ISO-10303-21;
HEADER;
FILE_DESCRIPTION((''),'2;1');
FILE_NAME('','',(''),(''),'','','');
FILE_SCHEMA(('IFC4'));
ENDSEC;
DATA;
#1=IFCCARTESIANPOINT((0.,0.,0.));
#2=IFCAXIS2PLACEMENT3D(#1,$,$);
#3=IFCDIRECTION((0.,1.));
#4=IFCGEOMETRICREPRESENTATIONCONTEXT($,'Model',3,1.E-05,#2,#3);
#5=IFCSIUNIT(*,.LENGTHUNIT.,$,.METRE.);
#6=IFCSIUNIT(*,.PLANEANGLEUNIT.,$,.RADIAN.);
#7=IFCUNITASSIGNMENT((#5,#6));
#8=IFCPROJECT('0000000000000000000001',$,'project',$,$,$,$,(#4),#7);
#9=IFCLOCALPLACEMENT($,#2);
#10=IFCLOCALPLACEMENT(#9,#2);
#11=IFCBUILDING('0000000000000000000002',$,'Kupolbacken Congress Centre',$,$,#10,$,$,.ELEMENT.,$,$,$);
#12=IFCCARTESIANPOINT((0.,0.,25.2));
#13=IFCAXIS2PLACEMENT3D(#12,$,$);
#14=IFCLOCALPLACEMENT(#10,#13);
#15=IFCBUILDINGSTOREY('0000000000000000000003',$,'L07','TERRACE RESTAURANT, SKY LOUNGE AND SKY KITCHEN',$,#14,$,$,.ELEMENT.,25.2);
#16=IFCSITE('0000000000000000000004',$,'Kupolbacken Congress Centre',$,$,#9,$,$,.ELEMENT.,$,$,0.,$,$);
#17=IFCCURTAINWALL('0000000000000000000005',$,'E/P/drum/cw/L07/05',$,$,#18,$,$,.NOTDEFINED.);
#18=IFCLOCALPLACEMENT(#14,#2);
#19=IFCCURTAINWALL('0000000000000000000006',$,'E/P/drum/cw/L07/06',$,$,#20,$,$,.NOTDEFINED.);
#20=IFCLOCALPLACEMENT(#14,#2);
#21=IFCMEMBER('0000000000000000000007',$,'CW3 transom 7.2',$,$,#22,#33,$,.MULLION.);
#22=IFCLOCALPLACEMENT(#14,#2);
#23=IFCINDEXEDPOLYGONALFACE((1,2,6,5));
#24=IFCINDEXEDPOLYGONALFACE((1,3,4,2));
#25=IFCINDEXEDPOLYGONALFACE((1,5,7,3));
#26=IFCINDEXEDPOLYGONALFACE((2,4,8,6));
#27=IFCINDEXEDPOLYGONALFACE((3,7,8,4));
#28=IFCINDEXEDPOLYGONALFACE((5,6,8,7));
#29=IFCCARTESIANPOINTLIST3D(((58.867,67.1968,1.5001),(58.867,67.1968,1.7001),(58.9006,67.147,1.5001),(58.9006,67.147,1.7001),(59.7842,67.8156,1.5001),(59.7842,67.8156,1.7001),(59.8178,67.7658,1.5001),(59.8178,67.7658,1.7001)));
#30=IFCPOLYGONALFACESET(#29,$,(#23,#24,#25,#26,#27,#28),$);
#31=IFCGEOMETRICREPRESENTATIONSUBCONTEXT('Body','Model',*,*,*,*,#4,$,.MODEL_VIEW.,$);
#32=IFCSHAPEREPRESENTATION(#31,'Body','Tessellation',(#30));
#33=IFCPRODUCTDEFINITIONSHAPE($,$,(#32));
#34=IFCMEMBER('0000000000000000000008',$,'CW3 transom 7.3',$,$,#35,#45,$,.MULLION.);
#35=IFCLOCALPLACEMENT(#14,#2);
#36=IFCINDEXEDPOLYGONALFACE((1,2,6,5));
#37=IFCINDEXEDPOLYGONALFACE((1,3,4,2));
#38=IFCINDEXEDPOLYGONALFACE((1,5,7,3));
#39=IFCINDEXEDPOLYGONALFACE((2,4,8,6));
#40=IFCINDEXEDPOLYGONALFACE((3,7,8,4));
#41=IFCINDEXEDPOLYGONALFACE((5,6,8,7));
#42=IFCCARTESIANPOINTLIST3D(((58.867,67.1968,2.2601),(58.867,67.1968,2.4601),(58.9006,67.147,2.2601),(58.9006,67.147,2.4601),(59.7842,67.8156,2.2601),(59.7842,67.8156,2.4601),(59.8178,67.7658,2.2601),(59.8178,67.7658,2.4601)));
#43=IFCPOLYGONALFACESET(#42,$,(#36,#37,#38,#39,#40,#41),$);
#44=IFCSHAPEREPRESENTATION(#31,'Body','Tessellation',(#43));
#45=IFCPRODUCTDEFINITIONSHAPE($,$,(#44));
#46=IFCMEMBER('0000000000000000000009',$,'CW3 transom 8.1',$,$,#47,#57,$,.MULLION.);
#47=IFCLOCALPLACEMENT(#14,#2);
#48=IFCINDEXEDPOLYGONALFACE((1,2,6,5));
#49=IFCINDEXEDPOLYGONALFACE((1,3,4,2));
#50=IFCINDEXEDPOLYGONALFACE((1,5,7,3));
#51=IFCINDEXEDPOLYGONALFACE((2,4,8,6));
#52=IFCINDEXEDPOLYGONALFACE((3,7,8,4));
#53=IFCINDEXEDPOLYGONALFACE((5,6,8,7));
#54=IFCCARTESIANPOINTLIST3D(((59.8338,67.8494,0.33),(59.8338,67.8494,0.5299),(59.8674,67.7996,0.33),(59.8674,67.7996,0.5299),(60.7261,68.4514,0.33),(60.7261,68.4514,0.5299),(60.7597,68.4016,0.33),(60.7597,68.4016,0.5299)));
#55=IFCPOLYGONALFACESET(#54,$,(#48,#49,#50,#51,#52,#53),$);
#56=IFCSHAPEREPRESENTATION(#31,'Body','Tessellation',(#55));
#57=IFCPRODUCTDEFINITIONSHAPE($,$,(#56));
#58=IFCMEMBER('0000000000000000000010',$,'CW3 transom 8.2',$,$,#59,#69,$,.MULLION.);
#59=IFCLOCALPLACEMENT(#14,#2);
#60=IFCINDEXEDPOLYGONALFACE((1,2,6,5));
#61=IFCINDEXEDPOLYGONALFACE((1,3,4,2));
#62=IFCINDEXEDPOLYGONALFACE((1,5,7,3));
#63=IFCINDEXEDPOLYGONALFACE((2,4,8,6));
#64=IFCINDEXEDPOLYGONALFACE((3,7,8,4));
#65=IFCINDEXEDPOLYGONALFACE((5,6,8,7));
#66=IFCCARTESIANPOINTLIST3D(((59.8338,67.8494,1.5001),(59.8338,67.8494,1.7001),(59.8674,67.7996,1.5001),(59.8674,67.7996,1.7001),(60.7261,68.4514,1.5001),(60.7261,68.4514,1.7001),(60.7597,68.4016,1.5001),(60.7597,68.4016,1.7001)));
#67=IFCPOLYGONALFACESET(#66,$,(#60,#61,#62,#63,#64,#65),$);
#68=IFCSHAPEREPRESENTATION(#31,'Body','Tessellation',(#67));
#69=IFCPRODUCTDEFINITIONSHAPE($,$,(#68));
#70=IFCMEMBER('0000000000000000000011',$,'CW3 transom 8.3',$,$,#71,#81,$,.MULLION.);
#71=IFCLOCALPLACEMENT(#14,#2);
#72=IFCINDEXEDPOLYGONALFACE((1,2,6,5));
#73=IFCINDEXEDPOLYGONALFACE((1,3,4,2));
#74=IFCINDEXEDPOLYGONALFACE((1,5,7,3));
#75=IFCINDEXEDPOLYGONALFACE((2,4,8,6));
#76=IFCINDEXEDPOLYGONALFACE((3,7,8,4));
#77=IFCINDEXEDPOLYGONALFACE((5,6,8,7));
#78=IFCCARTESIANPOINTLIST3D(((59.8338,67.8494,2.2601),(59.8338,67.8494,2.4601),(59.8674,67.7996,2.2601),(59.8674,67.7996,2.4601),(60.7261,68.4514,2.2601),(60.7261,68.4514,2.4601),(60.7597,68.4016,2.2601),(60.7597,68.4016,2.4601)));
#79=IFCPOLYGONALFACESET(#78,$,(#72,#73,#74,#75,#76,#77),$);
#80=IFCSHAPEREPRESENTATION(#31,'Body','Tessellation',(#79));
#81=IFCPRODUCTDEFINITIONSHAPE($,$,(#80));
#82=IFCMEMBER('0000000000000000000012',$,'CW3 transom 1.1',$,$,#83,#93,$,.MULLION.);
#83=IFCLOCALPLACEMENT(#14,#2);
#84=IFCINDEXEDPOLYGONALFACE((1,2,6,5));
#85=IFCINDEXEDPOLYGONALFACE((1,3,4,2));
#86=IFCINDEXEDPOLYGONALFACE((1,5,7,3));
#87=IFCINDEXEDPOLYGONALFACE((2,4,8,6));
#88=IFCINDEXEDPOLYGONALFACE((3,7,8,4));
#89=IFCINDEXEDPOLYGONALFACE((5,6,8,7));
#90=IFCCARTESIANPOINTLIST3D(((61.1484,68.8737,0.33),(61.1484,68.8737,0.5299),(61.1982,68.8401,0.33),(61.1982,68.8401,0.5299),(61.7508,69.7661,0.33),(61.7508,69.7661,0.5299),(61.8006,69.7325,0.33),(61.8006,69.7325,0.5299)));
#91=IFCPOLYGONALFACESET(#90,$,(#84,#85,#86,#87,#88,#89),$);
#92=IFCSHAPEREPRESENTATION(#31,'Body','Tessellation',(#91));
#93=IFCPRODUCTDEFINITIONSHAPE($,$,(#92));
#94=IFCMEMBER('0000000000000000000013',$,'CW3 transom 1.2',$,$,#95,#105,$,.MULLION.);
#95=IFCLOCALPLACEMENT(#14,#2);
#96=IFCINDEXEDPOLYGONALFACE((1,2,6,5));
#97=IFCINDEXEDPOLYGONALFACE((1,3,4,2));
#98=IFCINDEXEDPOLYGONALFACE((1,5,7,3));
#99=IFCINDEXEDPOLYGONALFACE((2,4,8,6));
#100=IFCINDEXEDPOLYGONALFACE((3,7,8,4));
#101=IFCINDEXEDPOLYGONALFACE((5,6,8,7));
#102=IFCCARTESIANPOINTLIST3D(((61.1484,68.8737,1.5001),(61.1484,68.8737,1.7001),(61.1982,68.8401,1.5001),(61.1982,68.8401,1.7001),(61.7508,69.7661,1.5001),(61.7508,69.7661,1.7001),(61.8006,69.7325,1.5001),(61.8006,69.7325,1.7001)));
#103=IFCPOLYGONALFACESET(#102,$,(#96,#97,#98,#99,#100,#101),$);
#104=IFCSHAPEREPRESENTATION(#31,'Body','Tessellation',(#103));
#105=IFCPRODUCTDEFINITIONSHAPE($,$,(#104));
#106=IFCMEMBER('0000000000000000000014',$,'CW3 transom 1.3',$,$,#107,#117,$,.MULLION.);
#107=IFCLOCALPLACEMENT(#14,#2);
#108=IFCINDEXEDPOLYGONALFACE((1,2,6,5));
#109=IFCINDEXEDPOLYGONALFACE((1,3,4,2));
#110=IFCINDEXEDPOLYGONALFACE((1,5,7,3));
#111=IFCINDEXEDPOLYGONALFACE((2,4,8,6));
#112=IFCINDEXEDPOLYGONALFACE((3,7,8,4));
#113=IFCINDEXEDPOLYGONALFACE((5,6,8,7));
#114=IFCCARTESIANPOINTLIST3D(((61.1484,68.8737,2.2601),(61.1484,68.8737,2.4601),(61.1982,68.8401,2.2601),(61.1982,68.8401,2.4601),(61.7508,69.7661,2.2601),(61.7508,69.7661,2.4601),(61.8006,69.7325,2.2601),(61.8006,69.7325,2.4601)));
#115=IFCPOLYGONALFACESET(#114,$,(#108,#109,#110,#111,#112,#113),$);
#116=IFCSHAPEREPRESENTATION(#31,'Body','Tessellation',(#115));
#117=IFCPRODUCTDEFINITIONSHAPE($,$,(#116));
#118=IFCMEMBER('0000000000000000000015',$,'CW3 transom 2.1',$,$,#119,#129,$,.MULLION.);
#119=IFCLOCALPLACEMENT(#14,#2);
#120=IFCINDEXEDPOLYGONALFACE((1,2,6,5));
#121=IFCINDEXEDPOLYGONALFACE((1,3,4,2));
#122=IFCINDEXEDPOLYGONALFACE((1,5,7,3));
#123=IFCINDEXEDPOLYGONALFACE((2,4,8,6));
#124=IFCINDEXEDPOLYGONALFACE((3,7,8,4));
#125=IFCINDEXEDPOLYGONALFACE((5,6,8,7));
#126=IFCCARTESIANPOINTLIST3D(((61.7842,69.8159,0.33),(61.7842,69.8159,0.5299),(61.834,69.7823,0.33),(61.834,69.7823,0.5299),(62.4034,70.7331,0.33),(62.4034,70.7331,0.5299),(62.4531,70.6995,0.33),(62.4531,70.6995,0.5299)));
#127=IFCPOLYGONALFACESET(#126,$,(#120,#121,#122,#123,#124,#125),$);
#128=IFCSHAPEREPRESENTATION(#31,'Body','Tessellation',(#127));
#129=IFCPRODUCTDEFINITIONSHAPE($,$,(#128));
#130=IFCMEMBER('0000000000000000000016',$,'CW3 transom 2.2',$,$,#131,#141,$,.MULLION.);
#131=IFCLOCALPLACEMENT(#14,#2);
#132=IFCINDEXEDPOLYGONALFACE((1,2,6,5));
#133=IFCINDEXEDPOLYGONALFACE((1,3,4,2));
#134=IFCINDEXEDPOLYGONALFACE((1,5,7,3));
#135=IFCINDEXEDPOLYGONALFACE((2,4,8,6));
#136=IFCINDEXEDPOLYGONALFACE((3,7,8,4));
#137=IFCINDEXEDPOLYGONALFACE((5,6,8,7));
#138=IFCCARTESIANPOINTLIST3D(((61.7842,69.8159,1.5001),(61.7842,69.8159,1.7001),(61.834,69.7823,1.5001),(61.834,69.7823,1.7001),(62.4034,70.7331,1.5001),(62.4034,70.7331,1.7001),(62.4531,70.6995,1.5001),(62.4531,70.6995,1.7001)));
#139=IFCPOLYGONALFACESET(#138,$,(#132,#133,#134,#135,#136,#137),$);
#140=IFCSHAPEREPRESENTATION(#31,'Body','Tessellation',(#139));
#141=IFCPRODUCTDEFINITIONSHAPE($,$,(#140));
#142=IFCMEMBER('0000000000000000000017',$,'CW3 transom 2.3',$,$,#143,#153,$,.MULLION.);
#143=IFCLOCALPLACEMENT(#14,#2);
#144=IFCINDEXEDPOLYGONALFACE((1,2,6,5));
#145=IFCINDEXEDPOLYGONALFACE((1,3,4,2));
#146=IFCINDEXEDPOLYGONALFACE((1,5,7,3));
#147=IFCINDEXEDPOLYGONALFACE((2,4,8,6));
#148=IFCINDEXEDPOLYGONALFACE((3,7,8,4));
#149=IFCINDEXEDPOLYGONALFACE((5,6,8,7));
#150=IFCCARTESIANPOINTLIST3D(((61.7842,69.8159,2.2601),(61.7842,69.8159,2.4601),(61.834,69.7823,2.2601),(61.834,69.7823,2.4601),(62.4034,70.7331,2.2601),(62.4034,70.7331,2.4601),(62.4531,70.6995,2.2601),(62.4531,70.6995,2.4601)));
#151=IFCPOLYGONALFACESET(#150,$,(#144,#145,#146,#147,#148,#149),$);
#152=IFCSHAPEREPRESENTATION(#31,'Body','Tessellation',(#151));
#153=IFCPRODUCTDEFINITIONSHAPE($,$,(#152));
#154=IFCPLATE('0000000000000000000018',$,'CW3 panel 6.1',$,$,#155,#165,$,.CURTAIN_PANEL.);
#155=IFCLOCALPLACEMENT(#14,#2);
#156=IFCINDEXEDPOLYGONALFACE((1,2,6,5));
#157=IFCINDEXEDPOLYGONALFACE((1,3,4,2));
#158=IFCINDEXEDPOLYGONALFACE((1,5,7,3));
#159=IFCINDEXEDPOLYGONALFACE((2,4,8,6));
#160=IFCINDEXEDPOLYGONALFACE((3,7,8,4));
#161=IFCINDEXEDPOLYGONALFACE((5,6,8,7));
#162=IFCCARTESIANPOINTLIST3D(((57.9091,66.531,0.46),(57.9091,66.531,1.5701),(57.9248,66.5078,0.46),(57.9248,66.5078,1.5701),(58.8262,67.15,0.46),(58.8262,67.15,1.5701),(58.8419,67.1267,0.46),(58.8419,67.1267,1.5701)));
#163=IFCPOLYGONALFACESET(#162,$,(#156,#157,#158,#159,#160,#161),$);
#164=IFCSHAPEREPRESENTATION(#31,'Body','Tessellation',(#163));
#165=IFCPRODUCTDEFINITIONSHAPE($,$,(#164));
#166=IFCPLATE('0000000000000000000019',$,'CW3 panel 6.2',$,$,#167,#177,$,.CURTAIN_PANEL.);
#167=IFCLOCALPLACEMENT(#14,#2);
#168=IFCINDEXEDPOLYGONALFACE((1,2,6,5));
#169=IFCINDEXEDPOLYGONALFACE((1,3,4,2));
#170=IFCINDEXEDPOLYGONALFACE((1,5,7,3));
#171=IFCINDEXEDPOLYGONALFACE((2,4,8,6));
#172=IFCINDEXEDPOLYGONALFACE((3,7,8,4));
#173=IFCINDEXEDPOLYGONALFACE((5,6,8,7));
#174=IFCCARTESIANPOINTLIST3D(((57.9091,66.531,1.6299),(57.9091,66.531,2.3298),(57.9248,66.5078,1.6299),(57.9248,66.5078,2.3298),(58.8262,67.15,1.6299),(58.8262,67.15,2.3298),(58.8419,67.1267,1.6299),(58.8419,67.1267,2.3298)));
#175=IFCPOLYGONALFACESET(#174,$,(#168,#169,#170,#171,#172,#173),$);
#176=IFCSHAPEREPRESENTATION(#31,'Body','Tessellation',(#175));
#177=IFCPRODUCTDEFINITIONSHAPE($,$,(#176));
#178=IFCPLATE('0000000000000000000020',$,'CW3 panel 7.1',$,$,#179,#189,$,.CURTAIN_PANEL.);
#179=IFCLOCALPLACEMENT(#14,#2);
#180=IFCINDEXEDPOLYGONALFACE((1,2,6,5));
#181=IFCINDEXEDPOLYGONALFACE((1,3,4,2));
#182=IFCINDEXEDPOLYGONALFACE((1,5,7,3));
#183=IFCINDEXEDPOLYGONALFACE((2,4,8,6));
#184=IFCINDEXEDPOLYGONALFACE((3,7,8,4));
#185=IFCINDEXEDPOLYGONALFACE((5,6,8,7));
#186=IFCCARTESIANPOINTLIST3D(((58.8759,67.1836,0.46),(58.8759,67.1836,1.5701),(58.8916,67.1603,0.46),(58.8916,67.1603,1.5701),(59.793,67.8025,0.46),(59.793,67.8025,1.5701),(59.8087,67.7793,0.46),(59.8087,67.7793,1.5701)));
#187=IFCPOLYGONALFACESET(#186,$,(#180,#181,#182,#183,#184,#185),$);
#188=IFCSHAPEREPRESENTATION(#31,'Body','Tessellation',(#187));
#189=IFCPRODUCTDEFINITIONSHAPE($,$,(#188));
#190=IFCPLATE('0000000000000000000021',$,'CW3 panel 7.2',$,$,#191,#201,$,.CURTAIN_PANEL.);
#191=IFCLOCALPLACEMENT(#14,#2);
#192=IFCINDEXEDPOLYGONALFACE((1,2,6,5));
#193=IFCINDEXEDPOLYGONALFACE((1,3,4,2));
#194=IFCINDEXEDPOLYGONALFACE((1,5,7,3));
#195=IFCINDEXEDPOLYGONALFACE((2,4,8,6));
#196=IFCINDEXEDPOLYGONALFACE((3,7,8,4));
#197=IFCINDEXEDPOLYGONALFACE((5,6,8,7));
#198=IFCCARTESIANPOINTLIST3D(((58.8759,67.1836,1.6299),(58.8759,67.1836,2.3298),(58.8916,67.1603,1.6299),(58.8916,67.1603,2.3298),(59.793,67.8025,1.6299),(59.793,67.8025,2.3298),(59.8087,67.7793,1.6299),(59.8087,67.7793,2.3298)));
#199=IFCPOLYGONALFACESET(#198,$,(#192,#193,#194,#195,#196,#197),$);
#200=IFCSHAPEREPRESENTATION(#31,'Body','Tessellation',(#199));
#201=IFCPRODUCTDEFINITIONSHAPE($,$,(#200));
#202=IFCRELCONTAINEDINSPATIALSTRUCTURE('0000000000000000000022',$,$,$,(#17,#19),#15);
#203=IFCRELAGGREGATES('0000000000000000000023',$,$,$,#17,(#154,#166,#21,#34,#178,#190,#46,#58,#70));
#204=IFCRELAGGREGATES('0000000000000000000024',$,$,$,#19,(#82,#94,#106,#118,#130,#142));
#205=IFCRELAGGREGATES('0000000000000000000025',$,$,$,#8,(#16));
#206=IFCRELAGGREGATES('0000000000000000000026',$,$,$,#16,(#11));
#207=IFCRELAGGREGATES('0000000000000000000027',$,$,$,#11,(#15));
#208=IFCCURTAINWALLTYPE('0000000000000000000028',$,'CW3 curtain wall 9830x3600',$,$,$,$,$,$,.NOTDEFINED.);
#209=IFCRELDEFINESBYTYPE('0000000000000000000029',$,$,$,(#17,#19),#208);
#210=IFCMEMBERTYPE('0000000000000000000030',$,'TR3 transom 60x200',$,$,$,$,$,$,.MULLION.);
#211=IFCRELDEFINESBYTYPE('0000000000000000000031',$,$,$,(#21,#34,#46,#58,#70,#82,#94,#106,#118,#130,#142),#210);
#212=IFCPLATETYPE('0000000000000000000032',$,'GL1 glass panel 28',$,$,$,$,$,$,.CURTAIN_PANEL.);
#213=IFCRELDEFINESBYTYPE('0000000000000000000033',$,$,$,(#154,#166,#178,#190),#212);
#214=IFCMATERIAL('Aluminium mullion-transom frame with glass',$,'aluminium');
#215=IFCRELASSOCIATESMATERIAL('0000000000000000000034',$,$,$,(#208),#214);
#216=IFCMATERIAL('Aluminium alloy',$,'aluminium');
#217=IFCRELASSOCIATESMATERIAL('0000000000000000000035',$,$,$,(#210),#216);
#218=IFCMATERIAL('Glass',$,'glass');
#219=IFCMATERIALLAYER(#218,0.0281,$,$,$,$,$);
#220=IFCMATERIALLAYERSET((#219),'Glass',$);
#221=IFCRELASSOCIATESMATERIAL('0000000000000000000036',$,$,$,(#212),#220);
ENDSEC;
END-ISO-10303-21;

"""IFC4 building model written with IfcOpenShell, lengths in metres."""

from ifc_helpers import new_model, si_unit, direction, frame, origin, origin_2d, place, context, subcontext, project, spatial, rectangle, extrude, material, layer, layer_set, material_profile, profile_set, type_object, element, aggregate, save


model = new_model("IFC4")

# Units and contexts
model_context = context("Model", 3, precision=1e-05, world=origin(), true_north=direction((0.0, 1.0)))
body_context = subcontext(model_context, "Body", "Model", "MODEL_VIEW")
ifc_project = project(units=[si_unit("LENGTHUNIT", "METRE"), si_unit("PLANEANGLEUNIT", "RADIAN")], contexts=[model_context])

# Site, building, storey
site_placement = place(None, origin())
site = spatial("IfcSite", under=ifc_project, at=site_placement, Name="Kupolbacken Congress Centre", CompositionType="ELEMENT", RefElevation=0.0)
building_placement = place(site_placement, origin())
building = spatial("IfcBuilding", under=site, at=building_placement, Name="Kupolbacken Congress Centre", CompositionType="ELEMENT")
storey_placement = place(building_placement, frame((0.0, 0.0, 25.2)))
storey = spatial("IfcBuildingStorey", under=building, at=storey_placement, Name="L07", Description="TERRACE RESTAURANT, SKY LOUNGE AND SKY KITCHEN", CompositionType="ELEMENT", Elevation=25.2)

# Curtain walls
ifc_material_1 = material(Name="Aluminium mullion-transom frame with glass", Category="aluminium")
curtain_wall_type = type_object("IfcCurtainWallType", Name="CW3 curtain wall 9830x3600", PredefinedType="NOTDEFINED", material=ifc_material_1)
curtain_wall_1_placement = place(storey_placement, origin())
curtain_wall_1 = element("IfcCurtainWall", 1, at=curtain_wall_1_placement, inside=storey, type_object=curtain_wall_type, Name="E/P/drum/cw/L07/05", PredefinedType="NOTDEFINED")
curtain_wall_2_placement = place(storey_placement, origin())
curtain_wall_2 = element("IfcCurtainWall", 2, at=curtain_wall_2_placement, inside=storey, type_object=curtain_wall_type, Name="E/P/drum/cw/L07/06", PredefinedType="NOTDEFINED")

# Members
ifc_material_2 = material(Name="Aluminium alloy", Category="aluminium")
ifc_material_profile_1 = material_profile(ifc_material_2, rectangle(XDim=0.0601, YDim=0.2, at=origin_2d()), Name="60 x 200")
ifc_profile_set_1 = profile_set([ifc_material_profile_1], Name="Aluminium alloy")
member_type_1 = type_object("IfcMemberType", Name="TR3 transom 60x200", PredefinedType="MULLION", material=ifc_profile_set_1)
member_1_placement = place(storey_placement, frame((58.8838, 67.1719, 1.6001), z_axis=(0.828948, 0.559325, 0.0), x_axis=(-0.559325, 0.828948, 0.0)))
member_1 = element("IfcMember", 3, at=member_1_placement, type_object=member_type_1, Name="CW3 transom 7.2", PredefinedType="MULLION", context=body_context, shape_type="SweptSolid", body=[
    extrude(rectangle(XDim=0.0601, YDim=0.2, at=origin_2d()), origin(), (0.0, 0.0, 1.0), 1.1064),
])
member_2_placement = place(storey_placement, frame((58.8838, 67.1719, 2.3601), z_axis=(0.828948, 0.559325, 0.0), x_axis=(-0.559325, 0.828948, 0.0)))
member_2 = element("IfcMember", 4, at=member_2_placement, type_object=member_type_1, Name="CW3 transom 7.3", PredefinedType="MULLION", context=body_context, shape_type="SweptSolid", body=[
    extrude(rectangle(XDim=0.0601, YDim=0.2, at=origin_2d()), origin(), (0.0, 0.0, 1.0), 1.1064),
])
member_3_placement = place(storey_placement, frame((59.8506, 67.8245, 0.4299), z_axis=(0.828967, 0.559298, 0.0), x_axis=(-0.559298, 0.828967, 0.0)))
member_3 = element("IfcMember", 5, at=member_3_placement, type_object=member_type_1, Name="CW3 transom 8.1", PredefinedType="MULLION", context=body_context, shape_type="SweptSolid", body=[
    extrude(rectangle(XDim=0.0601, YDim=0.2, at=origin_2d()), origin(), (0.0, 0.0, 1.0), 1.0764),
])
member_4_placement = place(storey_placement, frame((59.8506, 67.8245, 1.6001), z_axis=(0.828967, 0.559298, 0.0), x_axis=(-0.559298, 0.828967, 0.0)))
member_4 = element("IfcMember", 6, at=member_4_placement, type_object=member_type_1, Name="CW3 transom 8.2", PredefinedType="MULLION", context=body_context, shape_type="SweptSolid", body=[
    extrude(rectangle(XDim=0.0601, YDim=0.2, at=origin_2d()), origin(), (0.0, 0.0, 1.0), 1.0764),
])
member_5_placement = place(storey_placement, frame((59.8506, 67.8245, 2.3601), z_axis=(0.828967, 0.559298, 0.0), x_axis=(-0.559298, 0.828967, 0.0)))
member_5 = element("IfcMember", 7, at=member_5_placement, type_object=member_type_1, Name="CW3 transom 8.3", PredefinedType="MULLION", context=body_context, shape_type="SweptSolid", body=[
    extrude(rectangle(XDim=0.0601, YDim=0.2, at=origin_2d()), origin(), (0.0, 0.0, 1.0), 1.0764),
])
member_6_placement = place(storey_placement, frame((61.1733, 68.8569, 0.4299), z_axis=(0.559453, 0.828862, 0.0), x_axis=(-0.828862, 0.559453, 0.0)))
member_6 = element("IfcMember", 8, at=member_6_placement, type_object=member_type_1, Name="CW3 transom 1.1", PredefinedType="MULLION", context=body_context, shape_type="SweptSolid", body=[
    extrude(rectangle(XDim=0.0601, YDim=0.2, at=origin_2d()), origin(), (0.0, 0.0, 1.0), 1.0767),
])
member_7_placement = place(storey_placement, frame((61.1733, 68.8569, 1.6001), z_axis=(0.559453, 0.828862, 0.0), x_axis=(-0.828862, 0.559453, 0.0)))
member_7 = element("IfcMember", 9, at=member_7_placement, type_object=member_type_1, Name="CW3 transom 1.2", PredefinedType="MULLION", context=body_context, shape_type="SweptSolid", body=[
    extrude(rectangle(XDim=0.0601, YDim=0.2, at=origin_2d()), origin(), (0.0, 0.0, 1.0), 1.0767),
])
member_8_placement = place(storey_placement, frame((61.1733, 68.8569, 2.3601), z_axis=(0.559453, 0.828862, 0.0), x_axis=(-0.828862, 0.559453, 0.0)))
member_8 = element("IfcMember", 10, at=member_8_placement, type_object=member_type_1, Name="CW3 transom 1.3", PredefinedType="MULLION", context=body_context, shape_type="SweptSolid", body=[
    extrude(rectangle(XDim=0.0601, YDim=0.2, at=origin_2d()), origin(), (0.0, 0.0, 1.0), 1.0767),
])
member_9_placement = place(storey_placement, frame((61.8091, 69.7991, 0.4299), z_axis=(0.559477, 0.828846, 0.0), x_axis=(-0.828846, 0.559477, 0.0)))
member_9 = element("IfcMember", 11, at=member_9_placement, type_object=member_type_1, Name="CW3 transom 2.1", PredefinedType="MULLION", context=body_context, shape_type="SweptSolid", body=[
    extrude(rectangle(XDim=0.0601, YDim=0.2, at=origin_2d()), origin(), (0.0, 0.0, 1.0), 1.1067),
])
member_10_placement = place(storey_placement, frame((61.8091, 69.7991, 1.6001), z_axis=(0.559477, 0.828846, 0.0), x_axis=(-0.828846, 0.559477, 0.0)))
member_10 = element("IfcMember", 12, at=member_10_placement, type_object=member_type_1, Name="CW3 transom 2.2", PredefinedType="MULLION", context=body_context, shape_type="SweptSolid", body=[
    extrude(rectangle(XDim=0.0601, YDim=0.2, at=origin_2d()), origin(), (0.0, 0.0, 1.0), 1.1067),
])
member_11_placement = place(storey_placement, frame((61.8091, 69.7991, 2.3601), z_axis=(0.559477, 0.828846, 0.0), x_axis=(-0.828846, 0.559477, 0.0)))
member_11 = element("IfcMember", 13, at=member_11_placement, type_object=member_type_1, Name="CW3 transom 2.3", PredefinedType="MULLION", context=body_context, shape_type="SweptSolid", body=[
    extrude(rectangle(XDim=0.0601, YDim=0.2, at=origin_2d()), origin(), (0.0, 0.0, 1.0), 1.1067),
])

# Plates
ifc_material_3 = material(Name="Glass", Category="glass")
ifc_layer_1 = layer(ifc_material_3, 0.0281)
ifc_layer_set_1 = layer_set([ifc_layer_1], Name="Glass")
plate_type = type_object("IfcPlateType", Name="GL1 glass panel 28", PredefinedType="CURTAIN_PANEL", material=ifc_layer_set_1)
plate_1_placement = place(storey_placement, frame((58.3755, 66.8289, 0.46), z_axis=(0.0, 0.0, 1.0), x_axis=(0.828908, 0.559386, 0.0)))
plate_1 = element("IfcPlate", 14, at=plate_1_placement, type_object=plate_type, Name="CW3 panel 6.1", PredefinedType="CURTAIN_PANEL", context=body_context, shape_type="SweptSolid", body=[
    extrude(rectangle(XDim=1.1064, YDim=0.0281, at=origin_2d()), origin(), (0.0, 0.0, 1.0), 1.1101),
])
plate_2_placement = place(storey_placement, frame((58.3755, 66.8289, 1.6299), z_axis=(0.0, 0.0, 1.0), x_axis=(0.828908, 0.559386, 0.0)))
plate_2 = element("IfcPlate", 15, at=plate_2_placement, type_object=plate_type, Name="CW3 panel 6.2", PredefinedType="CURTAIN_PANEL", context=body_context, shape_type="SweptSolid", body=[
    extrude(rectangle(XDim=1.1064, YDim=0.0281, at=origin_2d()), origin(), (0.0, 0.0, 1.0), 0.7),
])
plate_3_placement = place(storey_placement, frame((59.3423, 67.4814, 0.46), z_axis=(0.0, 0.0, 1.0), x_axis=(0.828908, 0.559386, 0.0)))
plate_3 = element("IfcPlate", 16, at=plate_3_placement, type_object=plate_type, Name="CW3 panel 7.1", PredefinedType="CURTAIN_PANEL", context=body_context, shape_type="SweptSolid", body=[
    extrude(rectangle(XDim=1.1064, YDim=0.0281, at=origin_2d()), origin(), (0.0, 0.0, 1.0), 1.1101),
])
plate_4_placement = place(storey_placement, frame((59.3423, 67.4814, 1.6299), z_axis=(0.0, 0.0, 1.0), x_axis=(0.828908, 0.559386, 0.0)))
plate_4 = element("IfcPlate", 17, at=plate_4_placement, type_object=plate_type, Name="CW3 panel 7.2", PredefinedType="CURTAIN_PANEL", context=body_context, shape_type="SweptSolid", body=[
    extrude(rectangle(XDim=1.1064, YDim=0.0281, at=origin_2d()), origin(), (0.0, 0.0, 1.0), 0.7),
])
aggregate(curtain_wall_1, [plate_1, plate_2, member_1, member_2, plate_3, plate_4, member_3, member_4, member_5])
aggregate(curtain_wall_2, [member_6, member_7, member_8, member_9, member_10, member_11])

save(model, "model.ifc")
